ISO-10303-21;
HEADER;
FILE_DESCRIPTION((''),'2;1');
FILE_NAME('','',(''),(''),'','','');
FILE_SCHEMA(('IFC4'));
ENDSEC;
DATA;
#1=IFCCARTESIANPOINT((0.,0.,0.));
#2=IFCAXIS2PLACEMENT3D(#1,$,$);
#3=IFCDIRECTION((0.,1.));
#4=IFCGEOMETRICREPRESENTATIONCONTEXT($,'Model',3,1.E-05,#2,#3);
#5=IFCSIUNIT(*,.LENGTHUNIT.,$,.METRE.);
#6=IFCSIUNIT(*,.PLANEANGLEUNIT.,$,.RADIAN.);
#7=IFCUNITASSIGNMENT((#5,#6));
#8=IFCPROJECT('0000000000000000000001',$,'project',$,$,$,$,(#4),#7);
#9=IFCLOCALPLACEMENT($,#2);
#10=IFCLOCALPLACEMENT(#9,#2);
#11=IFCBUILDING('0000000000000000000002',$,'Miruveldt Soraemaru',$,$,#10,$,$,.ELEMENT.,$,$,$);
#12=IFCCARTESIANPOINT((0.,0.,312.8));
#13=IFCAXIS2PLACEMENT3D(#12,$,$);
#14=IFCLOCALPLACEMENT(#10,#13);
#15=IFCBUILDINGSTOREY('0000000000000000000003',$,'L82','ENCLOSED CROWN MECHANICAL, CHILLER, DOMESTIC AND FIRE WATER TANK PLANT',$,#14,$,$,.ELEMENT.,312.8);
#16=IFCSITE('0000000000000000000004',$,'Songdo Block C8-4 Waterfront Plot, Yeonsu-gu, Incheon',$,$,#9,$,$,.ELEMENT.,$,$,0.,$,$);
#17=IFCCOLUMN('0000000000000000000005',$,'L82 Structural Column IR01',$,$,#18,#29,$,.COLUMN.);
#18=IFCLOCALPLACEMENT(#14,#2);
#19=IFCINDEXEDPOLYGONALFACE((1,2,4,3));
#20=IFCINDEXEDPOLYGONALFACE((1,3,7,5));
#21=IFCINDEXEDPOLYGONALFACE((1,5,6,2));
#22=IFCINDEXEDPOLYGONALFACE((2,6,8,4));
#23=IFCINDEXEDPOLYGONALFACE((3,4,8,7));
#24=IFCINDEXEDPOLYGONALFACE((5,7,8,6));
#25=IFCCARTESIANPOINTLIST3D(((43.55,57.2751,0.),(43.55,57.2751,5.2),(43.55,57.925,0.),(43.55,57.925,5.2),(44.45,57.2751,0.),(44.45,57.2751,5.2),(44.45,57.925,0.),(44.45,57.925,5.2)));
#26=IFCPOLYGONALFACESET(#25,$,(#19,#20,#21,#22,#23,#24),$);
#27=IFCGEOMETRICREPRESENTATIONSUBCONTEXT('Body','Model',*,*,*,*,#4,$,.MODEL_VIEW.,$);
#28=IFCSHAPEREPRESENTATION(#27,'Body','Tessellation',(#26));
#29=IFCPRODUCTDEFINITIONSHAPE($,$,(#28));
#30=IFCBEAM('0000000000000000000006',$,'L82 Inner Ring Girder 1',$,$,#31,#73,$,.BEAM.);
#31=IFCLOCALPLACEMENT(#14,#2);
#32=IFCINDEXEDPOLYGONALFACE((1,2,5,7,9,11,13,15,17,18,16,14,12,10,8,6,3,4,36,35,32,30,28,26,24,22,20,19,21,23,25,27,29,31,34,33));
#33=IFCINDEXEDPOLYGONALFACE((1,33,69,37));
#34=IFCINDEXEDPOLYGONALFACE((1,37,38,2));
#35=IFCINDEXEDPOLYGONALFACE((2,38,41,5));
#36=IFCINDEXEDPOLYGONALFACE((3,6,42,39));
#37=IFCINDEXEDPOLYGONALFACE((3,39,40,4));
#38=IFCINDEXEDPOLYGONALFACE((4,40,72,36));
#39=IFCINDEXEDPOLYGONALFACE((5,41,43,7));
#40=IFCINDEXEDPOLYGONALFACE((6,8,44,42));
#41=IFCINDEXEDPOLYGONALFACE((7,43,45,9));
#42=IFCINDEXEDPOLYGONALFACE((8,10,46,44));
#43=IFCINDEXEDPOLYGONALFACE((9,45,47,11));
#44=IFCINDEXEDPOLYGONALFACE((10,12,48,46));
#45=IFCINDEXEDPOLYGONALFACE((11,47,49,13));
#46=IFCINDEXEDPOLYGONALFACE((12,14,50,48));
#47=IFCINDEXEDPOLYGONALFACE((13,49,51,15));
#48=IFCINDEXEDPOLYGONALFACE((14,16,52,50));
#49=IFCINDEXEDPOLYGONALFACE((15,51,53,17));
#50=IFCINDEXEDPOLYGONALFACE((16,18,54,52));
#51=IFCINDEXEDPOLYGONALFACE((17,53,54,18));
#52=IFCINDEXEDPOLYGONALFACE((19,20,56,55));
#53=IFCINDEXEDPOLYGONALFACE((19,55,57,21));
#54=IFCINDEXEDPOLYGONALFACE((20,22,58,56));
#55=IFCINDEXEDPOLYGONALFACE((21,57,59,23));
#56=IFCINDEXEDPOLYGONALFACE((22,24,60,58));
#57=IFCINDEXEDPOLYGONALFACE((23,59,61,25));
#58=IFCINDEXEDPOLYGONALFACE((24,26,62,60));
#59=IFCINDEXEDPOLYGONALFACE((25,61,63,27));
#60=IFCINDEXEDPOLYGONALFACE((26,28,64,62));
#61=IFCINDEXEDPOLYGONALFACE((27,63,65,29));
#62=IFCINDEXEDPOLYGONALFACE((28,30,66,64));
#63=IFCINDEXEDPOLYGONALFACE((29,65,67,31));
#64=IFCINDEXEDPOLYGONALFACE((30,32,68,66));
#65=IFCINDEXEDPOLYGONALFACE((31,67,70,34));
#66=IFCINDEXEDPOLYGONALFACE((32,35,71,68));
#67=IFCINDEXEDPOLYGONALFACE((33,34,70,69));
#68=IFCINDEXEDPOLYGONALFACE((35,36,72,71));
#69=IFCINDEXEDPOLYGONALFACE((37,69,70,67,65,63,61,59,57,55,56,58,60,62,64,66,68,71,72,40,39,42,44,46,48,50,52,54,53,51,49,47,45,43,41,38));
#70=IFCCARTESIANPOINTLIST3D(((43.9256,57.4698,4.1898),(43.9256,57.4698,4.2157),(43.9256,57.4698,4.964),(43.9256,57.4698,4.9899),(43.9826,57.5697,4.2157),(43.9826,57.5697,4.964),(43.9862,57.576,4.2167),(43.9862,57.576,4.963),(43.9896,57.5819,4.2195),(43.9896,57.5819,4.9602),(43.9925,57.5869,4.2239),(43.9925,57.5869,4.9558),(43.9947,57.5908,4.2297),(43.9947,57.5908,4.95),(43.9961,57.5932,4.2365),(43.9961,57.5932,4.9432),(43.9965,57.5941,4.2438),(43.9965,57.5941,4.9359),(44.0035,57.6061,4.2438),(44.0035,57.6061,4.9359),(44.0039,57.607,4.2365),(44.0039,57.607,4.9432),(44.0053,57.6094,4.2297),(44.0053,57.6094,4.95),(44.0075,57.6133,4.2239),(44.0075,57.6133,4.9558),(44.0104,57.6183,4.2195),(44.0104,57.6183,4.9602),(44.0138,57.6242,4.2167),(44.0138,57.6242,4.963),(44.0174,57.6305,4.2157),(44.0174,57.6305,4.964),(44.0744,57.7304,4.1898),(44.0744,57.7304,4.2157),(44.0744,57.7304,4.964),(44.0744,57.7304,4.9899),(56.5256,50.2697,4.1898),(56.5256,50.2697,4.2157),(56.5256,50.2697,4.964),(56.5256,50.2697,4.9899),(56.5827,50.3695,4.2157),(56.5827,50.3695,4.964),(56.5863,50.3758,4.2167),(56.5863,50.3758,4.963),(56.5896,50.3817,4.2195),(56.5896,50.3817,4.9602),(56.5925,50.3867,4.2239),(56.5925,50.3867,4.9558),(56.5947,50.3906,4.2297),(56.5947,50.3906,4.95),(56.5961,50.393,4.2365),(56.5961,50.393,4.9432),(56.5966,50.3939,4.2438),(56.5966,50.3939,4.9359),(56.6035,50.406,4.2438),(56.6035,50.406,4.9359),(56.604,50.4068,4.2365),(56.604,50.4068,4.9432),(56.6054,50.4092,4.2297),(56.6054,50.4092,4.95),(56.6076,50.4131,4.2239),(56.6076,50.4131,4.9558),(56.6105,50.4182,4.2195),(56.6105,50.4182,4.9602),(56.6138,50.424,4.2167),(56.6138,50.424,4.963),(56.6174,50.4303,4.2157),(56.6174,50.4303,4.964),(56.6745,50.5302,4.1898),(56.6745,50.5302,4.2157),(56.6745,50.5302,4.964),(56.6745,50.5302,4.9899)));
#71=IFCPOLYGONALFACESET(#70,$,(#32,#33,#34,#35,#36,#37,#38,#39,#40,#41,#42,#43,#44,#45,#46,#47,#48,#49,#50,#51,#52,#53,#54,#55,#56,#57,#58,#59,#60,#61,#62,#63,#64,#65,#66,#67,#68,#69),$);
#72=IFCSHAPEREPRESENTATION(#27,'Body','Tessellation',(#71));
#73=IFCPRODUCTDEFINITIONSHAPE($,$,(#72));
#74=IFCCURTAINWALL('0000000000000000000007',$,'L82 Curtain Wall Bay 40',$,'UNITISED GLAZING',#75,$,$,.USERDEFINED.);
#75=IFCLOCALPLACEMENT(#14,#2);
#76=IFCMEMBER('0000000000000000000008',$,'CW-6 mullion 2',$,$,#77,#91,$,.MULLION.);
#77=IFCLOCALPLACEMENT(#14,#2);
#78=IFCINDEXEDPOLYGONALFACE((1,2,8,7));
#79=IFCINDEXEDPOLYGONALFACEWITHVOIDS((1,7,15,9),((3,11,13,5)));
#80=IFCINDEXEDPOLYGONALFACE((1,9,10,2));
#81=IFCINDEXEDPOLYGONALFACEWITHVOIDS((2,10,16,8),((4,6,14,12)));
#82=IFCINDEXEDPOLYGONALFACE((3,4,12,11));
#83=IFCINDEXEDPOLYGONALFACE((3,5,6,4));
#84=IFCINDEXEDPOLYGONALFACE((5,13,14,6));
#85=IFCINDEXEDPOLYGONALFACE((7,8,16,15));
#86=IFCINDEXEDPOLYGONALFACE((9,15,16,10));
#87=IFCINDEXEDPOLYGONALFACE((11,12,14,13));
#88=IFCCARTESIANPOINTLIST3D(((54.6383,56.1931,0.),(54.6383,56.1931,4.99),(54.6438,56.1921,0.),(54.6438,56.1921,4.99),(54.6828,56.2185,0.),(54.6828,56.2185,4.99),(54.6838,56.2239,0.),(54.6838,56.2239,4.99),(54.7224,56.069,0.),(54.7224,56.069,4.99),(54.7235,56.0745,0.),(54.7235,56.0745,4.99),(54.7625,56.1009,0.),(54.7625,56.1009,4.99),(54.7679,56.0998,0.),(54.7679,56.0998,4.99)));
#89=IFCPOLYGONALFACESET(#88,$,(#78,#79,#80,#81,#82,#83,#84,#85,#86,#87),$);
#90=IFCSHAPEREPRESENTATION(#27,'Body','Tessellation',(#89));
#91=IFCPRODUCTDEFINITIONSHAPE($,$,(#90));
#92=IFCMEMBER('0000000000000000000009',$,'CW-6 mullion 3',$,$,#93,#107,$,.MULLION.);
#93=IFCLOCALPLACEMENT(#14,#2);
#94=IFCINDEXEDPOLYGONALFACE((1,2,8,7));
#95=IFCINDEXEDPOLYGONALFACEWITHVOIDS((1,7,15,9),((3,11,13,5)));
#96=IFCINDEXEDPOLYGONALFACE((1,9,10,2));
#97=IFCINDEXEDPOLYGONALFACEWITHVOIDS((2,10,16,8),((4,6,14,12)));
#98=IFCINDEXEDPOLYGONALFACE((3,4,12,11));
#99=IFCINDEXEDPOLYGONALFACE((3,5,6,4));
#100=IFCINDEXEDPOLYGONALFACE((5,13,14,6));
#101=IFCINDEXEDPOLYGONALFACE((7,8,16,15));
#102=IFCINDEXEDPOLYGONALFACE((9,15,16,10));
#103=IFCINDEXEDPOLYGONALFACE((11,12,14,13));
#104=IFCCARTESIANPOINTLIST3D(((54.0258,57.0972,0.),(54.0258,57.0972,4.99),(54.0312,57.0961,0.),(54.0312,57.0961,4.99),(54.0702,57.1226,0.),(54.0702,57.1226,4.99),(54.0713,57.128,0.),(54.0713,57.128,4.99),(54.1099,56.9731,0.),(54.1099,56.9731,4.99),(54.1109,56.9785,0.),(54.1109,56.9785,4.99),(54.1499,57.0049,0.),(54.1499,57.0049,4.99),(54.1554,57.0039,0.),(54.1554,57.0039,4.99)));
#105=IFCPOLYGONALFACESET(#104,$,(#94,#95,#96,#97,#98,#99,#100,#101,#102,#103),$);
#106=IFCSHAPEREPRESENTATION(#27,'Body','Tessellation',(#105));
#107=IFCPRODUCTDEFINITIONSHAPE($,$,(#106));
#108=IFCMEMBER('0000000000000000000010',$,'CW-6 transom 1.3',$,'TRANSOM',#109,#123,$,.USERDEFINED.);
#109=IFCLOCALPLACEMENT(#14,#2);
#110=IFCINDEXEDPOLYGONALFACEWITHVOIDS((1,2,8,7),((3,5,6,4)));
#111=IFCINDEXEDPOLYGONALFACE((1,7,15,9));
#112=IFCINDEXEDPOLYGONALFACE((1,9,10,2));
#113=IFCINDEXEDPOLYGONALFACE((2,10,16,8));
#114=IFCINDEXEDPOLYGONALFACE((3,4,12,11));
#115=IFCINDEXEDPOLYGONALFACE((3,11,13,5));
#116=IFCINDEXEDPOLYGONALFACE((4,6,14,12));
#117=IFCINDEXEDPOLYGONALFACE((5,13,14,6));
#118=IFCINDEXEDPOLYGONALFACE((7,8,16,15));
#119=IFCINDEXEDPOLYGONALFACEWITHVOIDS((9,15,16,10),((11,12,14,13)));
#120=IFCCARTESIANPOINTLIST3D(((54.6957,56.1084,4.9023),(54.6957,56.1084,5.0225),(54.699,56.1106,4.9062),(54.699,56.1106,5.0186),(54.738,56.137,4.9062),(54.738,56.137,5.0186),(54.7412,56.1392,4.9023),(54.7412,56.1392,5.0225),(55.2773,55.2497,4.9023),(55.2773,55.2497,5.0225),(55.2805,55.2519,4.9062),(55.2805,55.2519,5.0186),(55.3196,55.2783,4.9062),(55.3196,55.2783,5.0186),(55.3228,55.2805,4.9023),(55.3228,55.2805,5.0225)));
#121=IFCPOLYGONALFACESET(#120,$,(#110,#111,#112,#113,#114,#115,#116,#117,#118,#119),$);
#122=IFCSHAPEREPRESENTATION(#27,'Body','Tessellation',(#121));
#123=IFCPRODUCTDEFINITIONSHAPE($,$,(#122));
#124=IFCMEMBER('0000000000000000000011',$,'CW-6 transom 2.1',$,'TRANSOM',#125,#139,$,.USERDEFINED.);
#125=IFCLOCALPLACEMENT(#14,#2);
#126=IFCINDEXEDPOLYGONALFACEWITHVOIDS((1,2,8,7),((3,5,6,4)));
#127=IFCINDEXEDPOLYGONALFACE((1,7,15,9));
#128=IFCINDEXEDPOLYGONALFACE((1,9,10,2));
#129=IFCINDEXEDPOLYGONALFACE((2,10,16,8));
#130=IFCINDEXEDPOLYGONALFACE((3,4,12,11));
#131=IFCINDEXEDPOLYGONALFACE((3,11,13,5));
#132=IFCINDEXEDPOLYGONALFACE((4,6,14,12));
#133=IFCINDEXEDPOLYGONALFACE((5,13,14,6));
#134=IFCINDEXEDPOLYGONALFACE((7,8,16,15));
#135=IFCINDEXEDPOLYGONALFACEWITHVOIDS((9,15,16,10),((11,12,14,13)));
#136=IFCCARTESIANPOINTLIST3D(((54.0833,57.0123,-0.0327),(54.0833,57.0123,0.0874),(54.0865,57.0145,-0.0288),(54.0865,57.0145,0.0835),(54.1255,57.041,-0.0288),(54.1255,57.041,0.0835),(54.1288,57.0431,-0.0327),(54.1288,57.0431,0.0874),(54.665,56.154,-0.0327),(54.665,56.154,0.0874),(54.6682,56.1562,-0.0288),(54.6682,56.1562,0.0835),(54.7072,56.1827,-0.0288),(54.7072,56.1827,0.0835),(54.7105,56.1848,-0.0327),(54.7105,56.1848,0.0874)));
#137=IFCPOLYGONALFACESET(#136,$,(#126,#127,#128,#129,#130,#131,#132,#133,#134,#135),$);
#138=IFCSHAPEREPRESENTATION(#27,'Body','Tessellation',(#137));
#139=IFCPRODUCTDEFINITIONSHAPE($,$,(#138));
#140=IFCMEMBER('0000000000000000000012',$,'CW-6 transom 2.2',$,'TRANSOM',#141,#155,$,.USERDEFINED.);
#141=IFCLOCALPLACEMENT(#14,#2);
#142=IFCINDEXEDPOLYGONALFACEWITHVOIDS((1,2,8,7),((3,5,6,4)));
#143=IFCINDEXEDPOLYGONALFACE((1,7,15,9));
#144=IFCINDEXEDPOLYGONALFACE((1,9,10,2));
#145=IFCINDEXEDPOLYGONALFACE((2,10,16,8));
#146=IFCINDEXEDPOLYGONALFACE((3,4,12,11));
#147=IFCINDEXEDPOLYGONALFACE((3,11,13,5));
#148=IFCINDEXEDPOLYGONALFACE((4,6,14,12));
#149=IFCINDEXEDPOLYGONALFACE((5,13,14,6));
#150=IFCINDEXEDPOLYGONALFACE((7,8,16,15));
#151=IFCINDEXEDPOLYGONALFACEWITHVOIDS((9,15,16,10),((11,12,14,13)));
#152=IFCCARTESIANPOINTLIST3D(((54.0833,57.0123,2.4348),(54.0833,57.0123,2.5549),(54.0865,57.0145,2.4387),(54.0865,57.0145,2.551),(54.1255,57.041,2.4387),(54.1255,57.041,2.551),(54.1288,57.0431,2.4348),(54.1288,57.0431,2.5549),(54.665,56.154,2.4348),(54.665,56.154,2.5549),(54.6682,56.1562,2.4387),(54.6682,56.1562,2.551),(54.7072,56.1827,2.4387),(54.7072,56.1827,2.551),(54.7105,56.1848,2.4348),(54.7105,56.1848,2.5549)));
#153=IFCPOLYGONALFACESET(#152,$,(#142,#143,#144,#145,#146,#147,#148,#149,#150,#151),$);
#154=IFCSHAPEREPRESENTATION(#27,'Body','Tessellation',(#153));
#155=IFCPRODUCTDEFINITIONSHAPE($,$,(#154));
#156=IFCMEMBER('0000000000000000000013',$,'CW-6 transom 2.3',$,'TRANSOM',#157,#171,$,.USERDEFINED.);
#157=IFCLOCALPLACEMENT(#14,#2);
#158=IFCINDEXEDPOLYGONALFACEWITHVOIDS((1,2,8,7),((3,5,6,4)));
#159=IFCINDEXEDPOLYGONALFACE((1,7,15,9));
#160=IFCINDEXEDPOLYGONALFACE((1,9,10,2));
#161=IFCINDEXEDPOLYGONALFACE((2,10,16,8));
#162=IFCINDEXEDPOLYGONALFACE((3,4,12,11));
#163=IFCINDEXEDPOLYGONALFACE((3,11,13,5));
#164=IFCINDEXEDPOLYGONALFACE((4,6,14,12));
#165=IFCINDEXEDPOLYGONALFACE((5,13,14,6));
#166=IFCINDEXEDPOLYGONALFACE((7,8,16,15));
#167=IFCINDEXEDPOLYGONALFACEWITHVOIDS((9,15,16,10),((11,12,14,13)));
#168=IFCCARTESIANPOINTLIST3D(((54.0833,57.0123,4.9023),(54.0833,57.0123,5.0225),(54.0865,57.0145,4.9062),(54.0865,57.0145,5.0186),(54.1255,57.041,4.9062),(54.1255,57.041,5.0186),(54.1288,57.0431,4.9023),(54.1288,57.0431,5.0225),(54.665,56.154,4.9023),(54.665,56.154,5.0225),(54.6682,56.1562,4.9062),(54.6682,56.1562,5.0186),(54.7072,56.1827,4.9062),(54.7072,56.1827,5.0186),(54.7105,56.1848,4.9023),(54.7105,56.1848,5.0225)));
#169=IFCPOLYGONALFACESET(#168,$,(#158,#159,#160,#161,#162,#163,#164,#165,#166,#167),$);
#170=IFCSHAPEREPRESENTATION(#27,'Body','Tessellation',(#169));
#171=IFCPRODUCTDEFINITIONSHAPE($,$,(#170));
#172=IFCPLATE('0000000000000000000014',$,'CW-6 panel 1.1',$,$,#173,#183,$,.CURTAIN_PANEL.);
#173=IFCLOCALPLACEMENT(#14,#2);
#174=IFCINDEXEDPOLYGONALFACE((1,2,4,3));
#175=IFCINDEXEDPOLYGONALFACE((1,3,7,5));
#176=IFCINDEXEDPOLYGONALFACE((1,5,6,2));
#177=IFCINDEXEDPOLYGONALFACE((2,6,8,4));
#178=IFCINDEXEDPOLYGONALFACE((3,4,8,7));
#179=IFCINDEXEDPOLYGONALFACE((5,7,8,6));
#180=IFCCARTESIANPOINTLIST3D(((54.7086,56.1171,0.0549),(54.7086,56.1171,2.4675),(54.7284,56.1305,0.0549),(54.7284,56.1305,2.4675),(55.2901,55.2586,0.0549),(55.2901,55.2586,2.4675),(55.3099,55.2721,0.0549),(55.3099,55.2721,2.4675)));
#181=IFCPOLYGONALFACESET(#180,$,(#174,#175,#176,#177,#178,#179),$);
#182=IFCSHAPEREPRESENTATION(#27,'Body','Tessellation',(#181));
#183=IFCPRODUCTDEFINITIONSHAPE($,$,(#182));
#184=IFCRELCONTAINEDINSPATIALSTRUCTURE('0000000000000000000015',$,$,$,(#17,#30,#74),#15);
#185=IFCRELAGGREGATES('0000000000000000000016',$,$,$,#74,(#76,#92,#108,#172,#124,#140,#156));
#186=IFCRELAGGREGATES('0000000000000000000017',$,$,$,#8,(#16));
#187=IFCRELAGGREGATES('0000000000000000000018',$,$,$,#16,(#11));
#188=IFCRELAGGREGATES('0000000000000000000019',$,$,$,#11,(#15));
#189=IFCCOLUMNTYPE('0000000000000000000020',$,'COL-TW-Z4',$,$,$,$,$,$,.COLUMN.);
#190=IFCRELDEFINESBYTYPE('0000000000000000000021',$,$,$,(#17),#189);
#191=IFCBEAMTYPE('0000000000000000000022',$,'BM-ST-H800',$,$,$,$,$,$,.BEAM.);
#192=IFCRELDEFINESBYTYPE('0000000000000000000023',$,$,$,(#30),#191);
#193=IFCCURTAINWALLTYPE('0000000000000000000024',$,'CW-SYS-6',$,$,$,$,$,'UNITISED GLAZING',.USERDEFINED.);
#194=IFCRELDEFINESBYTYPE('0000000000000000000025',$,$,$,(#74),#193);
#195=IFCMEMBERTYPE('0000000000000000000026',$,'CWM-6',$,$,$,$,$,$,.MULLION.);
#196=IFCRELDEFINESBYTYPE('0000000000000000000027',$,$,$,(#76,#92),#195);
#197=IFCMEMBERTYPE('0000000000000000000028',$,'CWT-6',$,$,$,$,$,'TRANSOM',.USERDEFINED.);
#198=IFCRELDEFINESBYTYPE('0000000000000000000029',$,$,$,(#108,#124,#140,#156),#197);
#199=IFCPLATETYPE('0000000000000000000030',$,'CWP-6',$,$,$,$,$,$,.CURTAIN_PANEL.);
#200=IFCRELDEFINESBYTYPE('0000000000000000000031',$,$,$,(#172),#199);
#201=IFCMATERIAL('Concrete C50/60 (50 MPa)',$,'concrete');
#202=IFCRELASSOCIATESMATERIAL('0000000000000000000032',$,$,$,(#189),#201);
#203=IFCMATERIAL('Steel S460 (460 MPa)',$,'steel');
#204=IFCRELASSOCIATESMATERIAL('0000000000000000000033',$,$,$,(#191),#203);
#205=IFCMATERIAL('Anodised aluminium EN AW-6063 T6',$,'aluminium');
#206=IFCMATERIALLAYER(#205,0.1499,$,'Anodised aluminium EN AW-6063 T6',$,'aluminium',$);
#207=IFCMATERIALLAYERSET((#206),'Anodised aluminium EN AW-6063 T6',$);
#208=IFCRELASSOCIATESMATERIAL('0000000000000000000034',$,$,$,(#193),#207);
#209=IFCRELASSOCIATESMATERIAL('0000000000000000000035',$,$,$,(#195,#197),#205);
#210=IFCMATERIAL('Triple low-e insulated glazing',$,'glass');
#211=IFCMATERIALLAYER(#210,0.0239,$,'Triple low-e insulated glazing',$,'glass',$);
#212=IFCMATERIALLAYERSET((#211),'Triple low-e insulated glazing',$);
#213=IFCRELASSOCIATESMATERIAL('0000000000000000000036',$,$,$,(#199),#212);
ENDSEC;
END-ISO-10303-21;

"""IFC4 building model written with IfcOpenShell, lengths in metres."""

from ifc_helpers import new_model, si_unit, direction, frame, origin, origin_2d, place, context, subcontext, project, spatial, rectangle, hollow_rectangle, i_section, extrude, material, layer, layer_set, material_profile, profile_set, type_object, element, aggregate, save


model = new_model("IFC4")

# Units and contexts
model_context = context("Model", 3, precision=1e-05, world=origin(), true_north=direction((0.0, 1.0)))
body_context = subcontext(model_context, "Body", "Model", "MODEL_VIEW")
ifc_project = project(units=[si_unit("LENGTHUNIT", "METRE"), si_unit("PLANEANGLEUNIT", "RADIAN")], contexts=[model_context])

# Site, building, storey
site_placement = place(None, origin())
site = spatial("IfcSite", under=ifc_project, at=site_placement, Name="Songdo Block C8-4 Waterfront Plot, Yeonsu-gu, Incheon", CompositionType="ELEMENT", RefElevation=0.0)
building_placement = place(site_placement, origin())
building = spatial("IfcBuilding", under=site, at=building_placement, Name="Miruveldt Soraemaru", CompositionType="ELEMENT")
storey_placement = place(building_placement, frame((0.0, 0.0, 312.8)))
storey = spatial("IfcBuildingStorey", under=building, at=storey_placement, Name="L82", Description="ENCLOSED CROWN MECHANICAL, CHILLER, DOMESTIC AND FIRE WATER TANK PLANT", CompositionType="ELEMENT", Elevation=312.8)

# Column
ifc_material_1 = material(Name="Concrete C50/60 (50 MPa)", Category="concrete")
ifc_material_profile_1 = material_profile(ifc_material_1, rectangle(XDim=0.8999, YDim=0.6499, at=origin_2d()), Name="Concrete C50/60 (50 MPa)", Category="concrete")
ifc_profile_set_1 = profile_set([ifc_material_profile_1], Name="Concrete C50/60 (50 MPa)")
column_type = type_object("IfcColumnType", Name="COL-TW-Z4", PredefinedType="COLUMN", material=ifc_profile_set_1)
column_placement = place(storey_placement, frame((44.0, 57.6001, 0.0), z_axis=(0.0, 0.0, 1.0), x_axis=(1.0, 0.0, 0.0)))
element("IfcColumn", 1, at=column_placement, inside=storey, type_object=column_type, Name="L82 Structural Column IR01", PredefinedType="COLUMN", context=body_context, shape_type="SweptSolid", body=[
    extrude(rectangle(XDim=0.8999, YDim=0.6499, at=origin_2d()), origin(), (0.0, 0.0, 1.0), 5.2),
])

# Beam
ifc_material_2 = material(Name="Steel S460 (460 MPa)", Category="steel")
ifc_material_profile_2 = material_profile(ifc_material_2, i_section(OverallWidth=0.3, OverallDepth=0.8, WebThickness=0.0139, FlangeThickness=0.0259, FilletRadius=0.0281, at=origin_2d()), Name="Steel S460 (460 MPa)", Category="steel")
ifc_profile_set_2 = profile_set([ifc_material_profile_2], Name="Steel S460 (460 MPa)")
beam_type = type_object("IfcBeamType", Name="BM-ST-H800", PredefinedType="BEAM", material=ifc_profile_set_2)
beam_placement = place(storey_placement, frame((44.0, 57.6001, 4.5898), z_axis=(0.868239, -0.496146, 0.0), x_axis=(0.496146, 0.868239, 0.0)))
element("IfcBeam", 2, at=beam_placement, inside=storey, type_object=beam_type, Name="L82 Inner Ring Girder 1", PredefinedType="BEAM", context=body_context, shape_type="SweptSolid", body=[
    extrude(i_section(OverallWidth=0.3, OverallDepth=0.8, WebThickness=0.0139, FlangeThickness=0.0259, FilletRadius=0.0281, at=origin_2d()), origin(), (0.0, 0.0, 1.0), 14.5122),
])

# Curtain wall, members, plate
ifc_material_3 = material(Name="Anodised aluminium EN AW-6063 T6", Category="aluminium")
ifc_layer_1 = layer(ifc_material_3, 0.1499, Name="Anodised aluminium EN AW-6063 T6", Category="aluminium")
ifc_layer_set_1 = layer_set([ifc_layer_1], Name="Anodised aluminium EN AW-6063 T6")
curtain_wall_type = type_object("IfcCurtainWallType", Name="CW-SYS-6", ElementType="UNITISED GLAZING", PredefinedType="USERDEFINED", material=ifc_layer_set_1)
curtain_wall_placement = place(storey_placement, origin())
curtain_wall = element("IfcCurtainWall", 3, at=curtain_wall_placement, inside=storey, type_object=curtain_wall_type, Name="L82 Curtain Wall Bay 40", ObjectType="UNITISED GLAZING", PredefinedType="USERDEFINED")
ifc_material_profile_3 = material_profile(ifc_material_3, hollow_rectangle(XDim=0.0549, YDim=0.1499, WallThickness=0.0039, at=origin_2d()), Name="Anodised aluminium EN AW-6063 T6", Category="aluminium")
ifc_profile_set_3 = profile_set([ifc_material_profile_3], Name="Anodised aluminium EN AW-6063 T6")
member_type_1 = type_object("IfcMemberType", Name="CWM-6", PredefinedType="MULLION", material=ifc_profile_set_3)
member_1_placement = place(storey_placement, frame((54.7031, 56.1465, 0.0), z_axis=(0.0, 0.0, 1.0), x_axis=(-0.827925, -0.560838, 0.0)))
member_1 = element("IfcMember", 4, at=member_1_placement, type_object=member_type_1, Name="CW-6 mullion 2", PredefinedType="MULLION", context=body_context, shape_type="SweptSolid", body=[
    extrude(hollow_rectangle(XDim=0.0549, YDim=0.1499, WallThickness=0.0039, at=origin_2d()), origin(), (0.0, 0.0, 1.0), 4.99),
])
member_2_placement = place(storey_placement, frame((54.0906, 57.0505, 0.0), z_axis=(0.0, 0.0, 1.0), x_axis=(-0.827925, -0.560838, 0.0)))
member_2 = element("IfcMember", 5, at=member_2_placement, type_object=member_type_1, Name="CW-6 mullion 3", PredefinedType="MULLION", context=body_context, shape_type="SweptSolid", body=[
    extrude(hollow_rectangle(XDim=0.0549, YDim=0.1499, WallThickness=0.0039, at=origin_2d()), origin(), (0.0, 0.0, 1.0), 4.99),
])
ifc_material_profile_4 = material_profile(ifc_material_3, hollow_rectangle(XDim=0.0549, YDim=0.1201, WallThickness=0.0039, at=origin_2d()), Name="Anodised aluminium EN AW-6063 T6", Category="aluminium")
ifc_profile_set_4 = profile_set([ifc_material_profile_4], Name="Anodised aluminium EN AW-6063 T6")
member_type_2 = type_object("IfcMemberType", Name="CWT-6", ElementType="TRANSOM", PredefinedType="USERDEFINED", material=ifc_profile_set_4)
member_3_placement = place(storey_placement, frame((55.3, 55.2651, 4.9624), z_axis=(-0.56077, 0.827972, 0.0), x_axis=(-0.827972, -0.56077, 0.0)))
member_3 = element("IfcMember", 6, at=member_3_placement, type_object=member_type_2, Name="CW-6 transom 1.3", ObjectType="TRANSOM", PredefinedType="USERDEFINED", context=body_context, shape_type="SweptSolid", body=[
    extrude(hollow_rectangle(XDim=0.0549, YDim=0.1201, WallThickness=0.0039, at=origin_2d()), origin(), (0.0, 0.0, 1.0), 1.0371),
])
member_4_placement = place(storey_placement, frame((54.6877, 56.1694, 0.0273), z_axis=(-0.561041, 0.827788, 0.0), x_axis=(-0.827788, -0.561041, 0.0)))
member_4 = element("IfcMember", 7, at=member_4_placement, type_object=member_type_2, Name="CW-6 transom 2.1", ObjectType="TRANSOM", PredefinedType="USERDEFINED", context=body_context, shape_type="SweptSolid", body=[
    extrude(hollow_rectangle(XDim=0.0549, YDim=0.1201, WallThickness=0.0039, at=origin_2d()), origin(), (0.0, 0.0, 1.0), 1.0369),
])
member_5_placement = place(storey_placement, frame((54.6877, 56.1694, 2.4949), z_axis=(-0.561041, 0.827788, 0.0), x_axis=(-0.827788, -0.561041, 0.0)))
member_5 = element("IfcMember", 8, at=member_5_placement, type_object=member_type_2, Name="CW-6 transom 2.2", ObjectType="TRANSOM", PredefinedType="USERDEFINED", context=body_context, shape_type="SweptSolid", body=[
    extrude(hollow_rectangle(XDim=0.0549, YDim=0.1201, WallThickness=0.0039, at=origin_2d()), origin(), (0.0, 0.0, 1.0), 1.0369),
])
member_6_placement = place(storey_placement, frame((54.6877, 56.1694, 4.9624), z_axis=(-0.561041, 0.827788, 0.0), x_axis=(-0.827788, -0.561041, 0.0)))
member_6 = element("IfcMember", 9, at=member_6_placement, type_object=member_type_2, Name="CW-6 transom 2.3", ObjectType="TRANSOM", PredefinedType="USERDEFINED", context=body_context, shape_type="SweptSolid", body=[
    extrude(hollow_rectangle(XDim=0.0549, YDim=0.1201, WallThickness=0.0039, at=origin_2d()), origin(), (0.0, 0.0, 1.0), 1.0369),
])
ifc_material_4 = material(Name="Triple low-e insulated glazing", Category="glass")
ifc_layer_2 = layer(ifc_material_4, 0.0239, Name="Triple low-e insulated glazing", Category="glass")
ifc_layer_set_2 = layer_set([ifc_layer_2], Name="Triple low-e insulated glazing")
plate_type_1 = type_object("IfcPlateType", Name="CWP-6", PredefinedType="CURTAIN_PANEL", material=ifc_layer_set_2)
plate_1_placement = place(storey_placement, frame((55.0093, 55.6946, 0.0549), z_axis=(0.0, 0.0, 1.0), x_axis=(-0.560838, 0.827925, 0.0)))
plate_1 = element("IfcPlate", 10, at=plate_1_placement, type_object=plate_type_1, Name="CW-6 panel 1.1", PredefinedType="CURTAIN_PANEL", context=body_context, shape_type="SweptSolid", body=[
    extrude(rectangle(XDim=1.0369, YDim=0.0239, at=origin_2d()), origin(), (0.0, 0.0, 1.0), 2.4126),
])
aggregate(curtain_wall, [member_1, member_2, member_3, plate_1, member_4, member_5, member_6])

save(model, "model.ifc")
